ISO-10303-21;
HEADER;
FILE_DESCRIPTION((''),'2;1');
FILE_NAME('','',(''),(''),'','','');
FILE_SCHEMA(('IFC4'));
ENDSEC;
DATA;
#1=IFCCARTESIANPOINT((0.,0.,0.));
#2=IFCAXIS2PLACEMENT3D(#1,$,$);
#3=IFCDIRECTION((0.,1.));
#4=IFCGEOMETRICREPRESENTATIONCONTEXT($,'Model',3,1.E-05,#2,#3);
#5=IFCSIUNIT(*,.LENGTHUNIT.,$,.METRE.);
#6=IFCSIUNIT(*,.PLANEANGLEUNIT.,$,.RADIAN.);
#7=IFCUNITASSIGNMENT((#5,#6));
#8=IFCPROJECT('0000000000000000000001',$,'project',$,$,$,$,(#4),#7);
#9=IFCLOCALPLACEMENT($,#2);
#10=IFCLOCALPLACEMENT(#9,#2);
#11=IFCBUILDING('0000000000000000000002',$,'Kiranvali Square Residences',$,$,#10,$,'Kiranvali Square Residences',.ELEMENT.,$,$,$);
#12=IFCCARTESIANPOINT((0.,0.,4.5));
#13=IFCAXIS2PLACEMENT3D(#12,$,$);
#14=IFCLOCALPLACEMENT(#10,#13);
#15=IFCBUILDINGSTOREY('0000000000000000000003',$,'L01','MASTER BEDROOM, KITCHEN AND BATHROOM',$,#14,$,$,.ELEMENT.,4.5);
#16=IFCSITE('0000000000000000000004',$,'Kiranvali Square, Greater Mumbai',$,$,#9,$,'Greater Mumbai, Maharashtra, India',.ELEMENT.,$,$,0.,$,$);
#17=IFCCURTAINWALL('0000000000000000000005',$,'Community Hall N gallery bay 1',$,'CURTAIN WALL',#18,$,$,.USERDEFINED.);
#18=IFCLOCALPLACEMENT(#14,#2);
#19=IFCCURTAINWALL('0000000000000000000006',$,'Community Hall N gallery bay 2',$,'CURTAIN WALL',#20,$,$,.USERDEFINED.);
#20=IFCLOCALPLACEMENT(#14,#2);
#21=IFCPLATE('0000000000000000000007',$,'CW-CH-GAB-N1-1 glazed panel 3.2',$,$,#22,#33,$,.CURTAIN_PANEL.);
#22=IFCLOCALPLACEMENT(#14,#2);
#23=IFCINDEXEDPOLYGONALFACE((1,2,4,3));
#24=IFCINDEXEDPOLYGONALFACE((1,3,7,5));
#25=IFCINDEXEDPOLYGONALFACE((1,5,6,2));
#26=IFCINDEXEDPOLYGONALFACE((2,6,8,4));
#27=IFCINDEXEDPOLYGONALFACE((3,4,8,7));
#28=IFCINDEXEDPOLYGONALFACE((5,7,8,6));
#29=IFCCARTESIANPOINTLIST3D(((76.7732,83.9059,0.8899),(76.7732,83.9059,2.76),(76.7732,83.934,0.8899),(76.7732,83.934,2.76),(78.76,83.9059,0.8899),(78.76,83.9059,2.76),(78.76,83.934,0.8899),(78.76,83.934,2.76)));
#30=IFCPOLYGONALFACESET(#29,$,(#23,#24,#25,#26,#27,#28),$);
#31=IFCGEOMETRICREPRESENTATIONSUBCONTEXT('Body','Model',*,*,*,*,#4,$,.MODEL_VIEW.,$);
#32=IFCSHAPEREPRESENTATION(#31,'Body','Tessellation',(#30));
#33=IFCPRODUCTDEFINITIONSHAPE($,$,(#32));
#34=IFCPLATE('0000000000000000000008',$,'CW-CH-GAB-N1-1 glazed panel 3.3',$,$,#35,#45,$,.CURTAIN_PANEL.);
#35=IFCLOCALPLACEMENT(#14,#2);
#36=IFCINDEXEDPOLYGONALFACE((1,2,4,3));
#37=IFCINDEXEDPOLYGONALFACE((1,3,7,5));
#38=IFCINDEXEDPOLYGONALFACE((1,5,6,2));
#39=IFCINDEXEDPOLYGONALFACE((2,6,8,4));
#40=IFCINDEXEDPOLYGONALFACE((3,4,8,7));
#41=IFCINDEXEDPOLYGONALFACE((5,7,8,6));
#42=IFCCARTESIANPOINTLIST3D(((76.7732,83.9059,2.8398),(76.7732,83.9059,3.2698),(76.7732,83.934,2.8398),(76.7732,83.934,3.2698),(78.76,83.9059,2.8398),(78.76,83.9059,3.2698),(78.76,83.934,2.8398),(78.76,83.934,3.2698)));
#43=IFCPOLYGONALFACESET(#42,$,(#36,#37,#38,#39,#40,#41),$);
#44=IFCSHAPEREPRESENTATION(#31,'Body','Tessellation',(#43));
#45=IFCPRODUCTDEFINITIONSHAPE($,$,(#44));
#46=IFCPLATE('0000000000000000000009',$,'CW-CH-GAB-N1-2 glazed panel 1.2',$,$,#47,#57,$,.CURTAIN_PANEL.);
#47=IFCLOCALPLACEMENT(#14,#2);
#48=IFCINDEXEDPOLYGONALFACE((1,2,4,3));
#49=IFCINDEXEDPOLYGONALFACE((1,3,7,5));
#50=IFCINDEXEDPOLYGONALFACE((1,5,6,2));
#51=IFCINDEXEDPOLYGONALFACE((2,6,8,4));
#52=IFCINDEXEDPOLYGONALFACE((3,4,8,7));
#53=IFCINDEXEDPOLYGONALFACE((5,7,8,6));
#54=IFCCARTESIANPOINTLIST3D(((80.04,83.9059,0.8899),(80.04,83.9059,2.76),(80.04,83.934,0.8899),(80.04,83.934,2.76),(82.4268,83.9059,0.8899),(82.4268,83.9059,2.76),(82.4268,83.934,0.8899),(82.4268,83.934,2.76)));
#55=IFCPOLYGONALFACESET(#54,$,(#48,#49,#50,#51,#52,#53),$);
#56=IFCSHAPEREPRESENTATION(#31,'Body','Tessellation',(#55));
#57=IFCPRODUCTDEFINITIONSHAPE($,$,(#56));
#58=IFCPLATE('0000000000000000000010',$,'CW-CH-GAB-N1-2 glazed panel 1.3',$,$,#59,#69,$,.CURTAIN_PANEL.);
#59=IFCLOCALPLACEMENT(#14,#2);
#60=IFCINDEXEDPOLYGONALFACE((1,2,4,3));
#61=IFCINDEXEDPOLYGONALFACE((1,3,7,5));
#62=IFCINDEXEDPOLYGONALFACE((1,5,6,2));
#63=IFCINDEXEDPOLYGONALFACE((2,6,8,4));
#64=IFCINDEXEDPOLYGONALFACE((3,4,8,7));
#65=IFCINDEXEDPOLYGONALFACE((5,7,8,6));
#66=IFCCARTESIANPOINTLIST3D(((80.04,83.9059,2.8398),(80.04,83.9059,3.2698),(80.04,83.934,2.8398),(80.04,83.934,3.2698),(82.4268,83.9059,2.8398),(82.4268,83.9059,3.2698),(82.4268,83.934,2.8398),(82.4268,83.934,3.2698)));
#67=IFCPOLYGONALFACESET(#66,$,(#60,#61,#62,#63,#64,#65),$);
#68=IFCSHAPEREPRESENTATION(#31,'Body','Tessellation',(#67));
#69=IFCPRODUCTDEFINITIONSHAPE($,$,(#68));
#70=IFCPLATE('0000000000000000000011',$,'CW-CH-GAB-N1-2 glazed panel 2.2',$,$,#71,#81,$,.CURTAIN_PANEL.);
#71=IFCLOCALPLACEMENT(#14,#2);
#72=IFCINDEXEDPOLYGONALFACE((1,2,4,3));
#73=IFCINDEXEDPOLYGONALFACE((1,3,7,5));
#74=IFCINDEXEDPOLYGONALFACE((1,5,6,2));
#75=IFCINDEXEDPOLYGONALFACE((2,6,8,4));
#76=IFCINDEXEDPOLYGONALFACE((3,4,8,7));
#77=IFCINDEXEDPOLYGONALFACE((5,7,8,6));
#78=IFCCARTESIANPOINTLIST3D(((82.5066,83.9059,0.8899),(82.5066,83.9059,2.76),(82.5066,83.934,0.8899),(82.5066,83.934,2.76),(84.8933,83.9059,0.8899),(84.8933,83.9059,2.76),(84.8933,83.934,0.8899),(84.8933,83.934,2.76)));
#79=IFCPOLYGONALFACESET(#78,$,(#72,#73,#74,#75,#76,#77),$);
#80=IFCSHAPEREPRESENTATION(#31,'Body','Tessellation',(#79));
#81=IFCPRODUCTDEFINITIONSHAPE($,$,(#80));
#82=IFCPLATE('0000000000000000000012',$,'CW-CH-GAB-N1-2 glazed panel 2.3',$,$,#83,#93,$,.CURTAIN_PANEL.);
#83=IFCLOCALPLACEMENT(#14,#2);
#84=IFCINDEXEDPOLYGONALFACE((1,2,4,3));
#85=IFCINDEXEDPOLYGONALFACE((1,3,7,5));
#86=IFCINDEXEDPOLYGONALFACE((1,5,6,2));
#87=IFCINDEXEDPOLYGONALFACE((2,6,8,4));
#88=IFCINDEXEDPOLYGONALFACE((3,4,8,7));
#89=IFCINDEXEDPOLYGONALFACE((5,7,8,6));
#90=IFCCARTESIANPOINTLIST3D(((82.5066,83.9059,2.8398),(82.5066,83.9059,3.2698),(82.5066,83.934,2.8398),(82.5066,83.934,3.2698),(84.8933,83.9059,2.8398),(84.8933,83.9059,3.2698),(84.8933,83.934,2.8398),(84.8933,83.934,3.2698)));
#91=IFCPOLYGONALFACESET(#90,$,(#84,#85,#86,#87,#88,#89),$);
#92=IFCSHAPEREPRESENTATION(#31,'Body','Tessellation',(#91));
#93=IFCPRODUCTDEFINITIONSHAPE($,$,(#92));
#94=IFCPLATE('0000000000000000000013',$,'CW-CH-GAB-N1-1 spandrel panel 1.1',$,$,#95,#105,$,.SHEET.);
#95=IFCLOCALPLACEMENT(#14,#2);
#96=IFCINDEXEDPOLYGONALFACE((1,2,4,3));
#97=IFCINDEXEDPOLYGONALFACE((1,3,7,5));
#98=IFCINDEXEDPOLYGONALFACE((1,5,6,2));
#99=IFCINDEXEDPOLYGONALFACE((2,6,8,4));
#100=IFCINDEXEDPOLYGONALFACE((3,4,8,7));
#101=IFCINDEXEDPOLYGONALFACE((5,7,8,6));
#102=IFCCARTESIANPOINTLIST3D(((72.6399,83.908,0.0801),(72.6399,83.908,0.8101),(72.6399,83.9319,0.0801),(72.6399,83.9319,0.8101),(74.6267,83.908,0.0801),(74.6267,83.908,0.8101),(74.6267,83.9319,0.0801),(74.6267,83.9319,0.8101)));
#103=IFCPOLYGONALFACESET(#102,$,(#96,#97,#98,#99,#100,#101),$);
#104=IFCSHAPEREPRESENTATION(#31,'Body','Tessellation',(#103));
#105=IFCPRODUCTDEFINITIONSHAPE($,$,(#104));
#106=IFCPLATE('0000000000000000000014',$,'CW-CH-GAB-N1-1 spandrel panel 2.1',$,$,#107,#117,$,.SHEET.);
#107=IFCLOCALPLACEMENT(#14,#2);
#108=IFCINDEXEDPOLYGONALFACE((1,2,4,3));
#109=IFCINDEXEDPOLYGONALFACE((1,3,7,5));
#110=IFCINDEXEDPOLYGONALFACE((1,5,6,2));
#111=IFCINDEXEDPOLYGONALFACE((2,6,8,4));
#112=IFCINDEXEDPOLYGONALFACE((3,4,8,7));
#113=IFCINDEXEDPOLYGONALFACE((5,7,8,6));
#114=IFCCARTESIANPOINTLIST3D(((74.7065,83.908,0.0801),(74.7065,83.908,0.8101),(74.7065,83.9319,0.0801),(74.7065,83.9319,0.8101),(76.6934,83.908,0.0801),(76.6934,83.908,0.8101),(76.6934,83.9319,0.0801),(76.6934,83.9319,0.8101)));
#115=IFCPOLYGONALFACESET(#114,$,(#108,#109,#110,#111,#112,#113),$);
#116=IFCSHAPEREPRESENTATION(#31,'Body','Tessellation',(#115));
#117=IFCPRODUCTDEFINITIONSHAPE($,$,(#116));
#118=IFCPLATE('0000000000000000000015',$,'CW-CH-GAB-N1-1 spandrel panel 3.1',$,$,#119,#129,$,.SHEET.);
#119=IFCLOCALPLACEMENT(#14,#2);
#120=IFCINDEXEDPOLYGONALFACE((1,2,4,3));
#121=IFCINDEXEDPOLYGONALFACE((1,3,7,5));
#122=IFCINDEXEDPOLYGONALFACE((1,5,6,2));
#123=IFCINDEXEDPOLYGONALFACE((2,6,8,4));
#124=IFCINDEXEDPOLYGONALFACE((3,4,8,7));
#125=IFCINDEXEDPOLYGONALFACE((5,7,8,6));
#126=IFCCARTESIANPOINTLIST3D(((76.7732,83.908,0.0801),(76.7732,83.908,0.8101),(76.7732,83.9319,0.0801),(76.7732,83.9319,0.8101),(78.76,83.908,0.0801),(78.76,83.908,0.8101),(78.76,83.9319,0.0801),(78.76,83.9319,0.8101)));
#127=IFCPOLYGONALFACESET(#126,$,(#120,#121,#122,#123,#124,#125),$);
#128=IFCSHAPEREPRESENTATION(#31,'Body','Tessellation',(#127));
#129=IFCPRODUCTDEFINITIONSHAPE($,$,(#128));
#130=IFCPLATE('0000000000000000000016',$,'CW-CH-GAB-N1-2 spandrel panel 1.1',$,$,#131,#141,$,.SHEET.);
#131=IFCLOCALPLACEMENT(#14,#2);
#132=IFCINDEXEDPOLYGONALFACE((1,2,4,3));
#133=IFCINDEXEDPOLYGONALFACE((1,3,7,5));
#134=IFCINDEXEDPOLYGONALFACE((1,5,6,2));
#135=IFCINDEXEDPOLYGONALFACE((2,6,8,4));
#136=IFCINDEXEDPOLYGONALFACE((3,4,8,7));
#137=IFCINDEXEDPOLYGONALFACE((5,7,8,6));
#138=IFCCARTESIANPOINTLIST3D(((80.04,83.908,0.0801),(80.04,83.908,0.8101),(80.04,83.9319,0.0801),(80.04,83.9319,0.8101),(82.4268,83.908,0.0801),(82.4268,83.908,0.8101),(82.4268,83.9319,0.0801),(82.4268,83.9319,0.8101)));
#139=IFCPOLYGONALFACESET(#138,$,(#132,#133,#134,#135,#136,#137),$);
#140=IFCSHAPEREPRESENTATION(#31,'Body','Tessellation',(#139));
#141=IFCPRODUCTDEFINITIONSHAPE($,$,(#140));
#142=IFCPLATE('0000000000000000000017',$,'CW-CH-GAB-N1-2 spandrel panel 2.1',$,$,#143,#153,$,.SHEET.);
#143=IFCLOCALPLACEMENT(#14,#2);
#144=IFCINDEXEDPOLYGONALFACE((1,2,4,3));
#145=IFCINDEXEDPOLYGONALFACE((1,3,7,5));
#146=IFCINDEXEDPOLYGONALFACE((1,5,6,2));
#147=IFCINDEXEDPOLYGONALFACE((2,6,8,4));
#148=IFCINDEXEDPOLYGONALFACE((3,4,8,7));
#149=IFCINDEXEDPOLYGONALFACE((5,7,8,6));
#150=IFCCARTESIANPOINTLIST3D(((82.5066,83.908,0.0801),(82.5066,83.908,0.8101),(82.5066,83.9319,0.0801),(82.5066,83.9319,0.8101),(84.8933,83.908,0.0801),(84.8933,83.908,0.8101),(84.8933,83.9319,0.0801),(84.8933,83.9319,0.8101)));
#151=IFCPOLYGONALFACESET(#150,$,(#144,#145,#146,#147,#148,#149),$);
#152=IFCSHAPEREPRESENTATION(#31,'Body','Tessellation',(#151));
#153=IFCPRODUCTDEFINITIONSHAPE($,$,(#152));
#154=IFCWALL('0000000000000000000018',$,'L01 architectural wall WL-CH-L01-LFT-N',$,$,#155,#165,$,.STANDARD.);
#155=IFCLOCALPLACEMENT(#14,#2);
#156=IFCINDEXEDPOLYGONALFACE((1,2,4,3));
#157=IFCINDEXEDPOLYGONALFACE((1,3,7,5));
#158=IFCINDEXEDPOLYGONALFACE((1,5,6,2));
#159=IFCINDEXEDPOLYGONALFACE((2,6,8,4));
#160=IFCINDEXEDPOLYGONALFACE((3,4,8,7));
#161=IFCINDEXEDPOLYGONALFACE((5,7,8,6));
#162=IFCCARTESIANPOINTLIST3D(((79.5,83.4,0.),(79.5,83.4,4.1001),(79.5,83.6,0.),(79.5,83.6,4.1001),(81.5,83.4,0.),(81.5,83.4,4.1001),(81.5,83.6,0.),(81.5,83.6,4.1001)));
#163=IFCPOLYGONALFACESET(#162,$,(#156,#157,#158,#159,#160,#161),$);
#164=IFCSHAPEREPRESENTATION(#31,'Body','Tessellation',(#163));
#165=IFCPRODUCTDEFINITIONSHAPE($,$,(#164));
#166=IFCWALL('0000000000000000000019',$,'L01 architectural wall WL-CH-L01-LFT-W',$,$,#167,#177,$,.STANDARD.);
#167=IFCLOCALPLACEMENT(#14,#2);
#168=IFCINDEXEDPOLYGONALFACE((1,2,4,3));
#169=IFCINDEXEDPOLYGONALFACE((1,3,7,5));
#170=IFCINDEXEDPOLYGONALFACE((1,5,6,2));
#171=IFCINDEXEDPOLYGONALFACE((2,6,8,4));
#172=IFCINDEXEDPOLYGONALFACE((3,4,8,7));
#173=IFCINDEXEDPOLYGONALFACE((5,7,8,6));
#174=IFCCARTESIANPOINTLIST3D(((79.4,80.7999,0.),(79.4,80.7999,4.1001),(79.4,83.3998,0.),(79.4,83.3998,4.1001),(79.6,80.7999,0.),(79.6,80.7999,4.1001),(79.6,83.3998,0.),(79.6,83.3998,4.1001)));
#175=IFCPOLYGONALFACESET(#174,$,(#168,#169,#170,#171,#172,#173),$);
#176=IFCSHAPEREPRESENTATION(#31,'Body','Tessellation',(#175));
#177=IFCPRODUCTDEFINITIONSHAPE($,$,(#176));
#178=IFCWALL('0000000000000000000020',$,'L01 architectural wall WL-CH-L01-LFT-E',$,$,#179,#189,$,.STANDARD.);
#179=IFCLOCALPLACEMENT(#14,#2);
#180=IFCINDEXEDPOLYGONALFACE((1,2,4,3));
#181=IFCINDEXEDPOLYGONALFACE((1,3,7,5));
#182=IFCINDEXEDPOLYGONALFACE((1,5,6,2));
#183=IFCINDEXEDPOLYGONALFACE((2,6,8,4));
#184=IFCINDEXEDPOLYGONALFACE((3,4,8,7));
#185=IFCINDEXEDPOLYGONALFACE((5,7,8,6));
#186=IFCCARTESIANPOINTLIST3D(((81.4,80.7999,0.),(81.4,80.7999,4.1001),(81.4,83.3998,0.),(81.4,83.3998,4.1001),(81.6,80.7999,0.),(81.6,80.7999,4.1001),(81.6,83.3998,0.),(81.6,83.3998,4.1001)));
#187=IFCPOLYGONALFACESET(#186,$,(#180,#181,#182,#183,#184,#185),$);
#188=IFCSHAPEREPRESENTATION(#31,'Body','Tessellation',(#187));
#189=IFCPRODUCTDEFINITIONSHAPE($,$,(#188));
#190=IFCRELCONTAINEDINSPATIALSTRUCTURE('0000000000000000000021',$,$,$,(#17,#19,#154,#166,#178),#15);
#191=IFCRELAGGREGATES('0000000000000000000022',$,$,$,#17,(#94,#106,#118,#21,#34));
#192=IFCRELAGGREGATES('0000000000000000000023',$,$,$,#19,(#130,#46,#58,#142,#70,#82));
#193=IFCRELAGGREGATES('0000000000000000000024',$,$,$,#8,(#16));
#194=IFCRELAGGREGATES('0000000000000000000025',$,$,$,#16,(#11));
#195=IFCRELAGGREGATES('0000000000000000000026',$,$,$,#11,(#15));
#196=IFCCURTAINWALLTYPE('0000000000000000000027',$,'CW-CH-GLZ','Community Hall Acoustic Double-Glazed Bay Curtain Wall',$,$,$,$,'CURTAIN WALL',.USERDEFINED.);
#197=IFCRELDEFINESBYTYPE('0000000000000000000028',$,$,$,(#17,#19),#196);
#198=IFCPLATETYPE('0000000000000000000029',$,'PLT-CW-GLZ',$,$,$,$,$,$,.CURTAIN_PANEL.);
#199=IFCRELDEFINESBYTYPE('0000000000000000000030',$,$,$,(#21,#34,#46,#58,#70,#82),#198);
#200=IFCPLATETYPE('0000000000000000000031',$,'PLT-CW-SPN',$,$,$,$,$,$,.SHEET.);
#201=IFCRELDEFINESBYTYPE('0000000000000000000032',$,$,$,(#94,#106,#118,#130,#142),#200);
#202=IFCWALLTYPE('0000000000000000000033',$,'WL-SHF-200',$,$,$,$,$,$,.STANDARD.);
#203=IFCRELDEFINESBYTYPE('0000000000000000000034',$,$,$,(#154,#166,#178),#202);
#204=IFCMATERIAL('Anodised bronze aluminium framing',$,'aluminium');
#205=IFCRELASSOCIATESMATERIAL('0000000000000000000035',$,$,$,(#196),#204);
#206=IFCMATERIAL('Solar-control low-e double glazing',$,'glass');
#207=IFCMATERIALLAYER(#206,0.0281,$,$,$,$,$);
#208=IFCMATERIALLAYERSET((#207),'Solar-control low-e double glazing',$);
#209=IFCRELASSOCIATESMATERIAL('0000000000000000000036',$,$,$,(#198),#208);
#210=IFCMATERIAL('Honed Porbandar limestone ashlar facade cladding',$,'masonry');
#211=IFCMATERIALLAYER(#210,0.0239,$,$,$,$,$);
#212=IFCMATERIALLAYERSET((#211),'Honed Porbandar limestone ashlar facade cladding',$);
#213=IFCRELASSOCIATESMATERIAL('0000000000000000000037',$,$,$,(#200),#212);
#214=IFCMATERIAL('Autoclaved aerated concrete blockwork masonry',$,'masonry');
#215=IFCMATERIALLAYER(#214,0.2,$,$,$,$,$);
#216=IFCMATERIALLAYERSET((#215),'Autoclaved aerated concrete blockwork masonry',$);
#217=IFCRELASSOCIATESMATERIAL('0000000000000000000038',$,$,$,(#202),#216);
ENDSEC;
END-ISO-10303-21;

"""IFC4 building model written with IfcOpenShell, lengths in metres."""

from ifc_helpers import new_model, si_unit, direction, frame, frame_2d, origin, origin_2d, place, context, subcontext, project, spatial, rectangle, extrude, material, layer, layer_set, type_object, element, aggregate, save


model = new_model("IFC4")

# Units and contexts
model_context = context("Model", 3, precision=1e-05, world=origin(), true_north=direction((0.0, 1.0)))
body_context = subcontext(model_context, "Body", "Model", "MODEL_VIEW")
ifc_project = project(units=[si_unit("LENGTHUNIT", "METRE"), si_unit("PLANEANGLEUNIT", "RADIAN")], contexts=[model_context])

# Site, building, storey
site_placement = place(None, origin())
site = spatial("IfcSite", under=ifc_project, at=site_placement, Name="Kiranvali Square, Greater Mumbai", LongName="Greater Mumbai, Maharashtra, India", CompositionType="ELEMENT", RefElevation=0.0)
building_placement = place(site_placement, origin())
building = spatial("IfcBuilding", under=site, at=building_placement, Name="Kiranvali Square Residences", LongName="Kiranvali Square Residences", CompositionType="ELEMENT")
storey_placement = place(building_placement, frame((0.0, 0.0, 4.5)))
storey = spatial("IfcBuildingStorey", under=building, at=storey_placement, Name="L01", Description="MASTER BEDROOM, KITCHEN AND BATHROOM", CompositionType="ELEMENT", Elevation=4.5)

# Curtain walls
ifc_material_1 = material(Name="Anodised bronze aluminium framing", Category="aluminium")
curtain_wall_type = type_object("IfcCurtainWallType", Name="CW-CH-GLZ", Description="Community Hall Acoustic Double-Glazed Bay Curtain Wall", ElementType="CURTAIN WALL", PredefinedType="USERDEFINED", material=ifc_material_1)
curtain_wall_1_placement = place(storey_placement, origin())
curtain_wall_1 = element("IfcCurtainWall", 1, at=curtain_wall_1_placement, inside=storey, type_object=curtain_wall_type, Name="Community Hall N gallery bay 1", ObjectType="CURTAIN WALL", PredefinedType="USERDEFINED")
curtain_wall_2_placement = place(storey_placement, origin())
curtain_wall_2 = element("IfcCurtainWall", 2, at=curtain_wall_2_placement, inside=storey, type_object=curtain_wall_type, Name="Community Hall N gallery bay 2", ObjectType="CURTAIN WALL", PredefinedType="USERDEFINED")

# Plates
ifc_material_2 = material(Name="Solar-control low-e double glazing", Category="glass")
ifc_layer_1 = layer(ifc_material_2, 0.0281)
ifc_layer_set_1 = layer_set([ifc_layer_1], Name="Solar-control low-e double glazing")
plate_type_1 = type_object("IfcPlateType", Name="PLT-CW-GLZ", PredefinedType="CURTAIN_PANEL", material=ifc_layer_set_1)
plate_1_placement = place(storey_placement, frame((77.7666, 83.9199, 0.8899), z_axis=(0.0, 0.0, 1.0), x_axis=(1.0, 0.0, 0.0)))
plate_1 = element("IfcPlate", 3, at=plate_1_placement, type_object=plate_type_1, Name="CW-CH-GAB-N1-1 glazed panel 3.2", PredefinedType="CURTAIN_PANEL", context=body_context, shape_type="SweptSolid", body=[
    extrude(rectangle(XDim=1.9868, YDim=0.0281, at=origin_2d()), origin(), (0.0, 0.0, 1.0), 1.8701),
])
plate_2_placement = place(storey_placement, frame((77.7666, 83.9199, 2.8398), z_axis=(0.0, 0.0, 1.0), x_axis=(1.0, 0.0, 0.0)))
plate_2 = element("IfcPlate", 4, at=plate_2_placement, type_object=plate_type_1, Name="CW-CH-GAB-N1-1 glazed panel 3.3", PredefinedType="CURTAIN_PANEL", context=body_context, shape_type="SweptSolid", body=[
    extrude(rectangle(XDim=1.9868, YDim=0.0281, at=origin_2d()), origin(), (0.0, 0.0, 1.0), 0.4299),
])
plate_3_placement = place(storey_placement, frame((81.2334, 83.9199, 0.8899), z_axis=(0.0, 0.0, 1.0), x_axis=(1.0, 0.0, 0.0)))
plate_3 = element("IfcPlate", 5, at=plate_3_placement, type_object=plate_type_1, Name="CW-CH-GAB-N1-2 glazed panel 1.2", PredefinedType="CURTAIN_PANEL", context=body_context, shape_type="SweptSolid", body=[
    extrude(rectangle(XDim=2.3867, YDim=0.0281, at=origin_2d()), origin(), (0.0, 0.0, 1.0), 1.8701),
])
plate_4_placement = place(storey_placement, frame((81.2334, 83.9199, 2.8398), z_axis=(0.0, 0.0, 1.0), x_axis=(1.0, 0.0, 0.0)))
plate_4 = element("IfcPlate", 6, at=plate_4_placement, type_object=plate_type_1, Name="CW-CH-GAB-N1-2 glazed panel 1.3", PredefinedType="CURTAIN_PANEL", context=body_context, shape_type="SweptSolid", body=[
    extrude(rectangle(XDim=2.3867, YDim=0.0281, at=origin_2d()), origin(), (0.0, 0.0, 1.0), 0.4299),
])
plate_5_placement = place(storey_placement, frame((83.7, 83.9199, 0.8899), z_axis=(0.0, 0.0, 1.0), x_axis=(1.0, 0.0, 0.0)))
plate_5 = element("IfcPlate", 7, at=plate_5_placement, type_object=plate_type_1, Name="CW-CH-GAB-N1-2 glazed panel 2.2", PredefinedType="CURTAIN_PANEL", context=body_context, shape_type="SweptSolid", body=[
    extrude(rectangle(XDim=2.3867, YDim=0.0281, at=origin_2d()), origin(), (0.0, 0.0, 1.0), 1.8701),
])
plate_6_placement = place(storey_placement, frame((83.7, 83.9199, 2.8398), z_axis=(0.0, 0.0, 1.0), x_axis=(1.0, 0.0, 0.0)))
plate_6 = element("IfcPlate", 8, at=plate_6_placement, type_object=plate_type_1, Name="CW-CH-GAB-N1-2 glazed panel 2.3", PredefinedType="CURTAIN_PANEL", context=body_context, shape_type="SweptSolid", body=[
    extrude(rectangle(XDim=2.3867, YDim=0.0281, at=origin_2d()), origin(), (0.0, 0.0, 1.0), 0.4299),
])
ifc_material_3 = material(Name="Honed Porbandar limestone ashlar facade cladding", Category="masonry")
ifc_layer_2 = layer(ifc_material_3, 0.0239)
ifc_layer_set_2 = layer_set([ifc_layer_2], Name="Honed Porbandar limestone ashlar facade cladding")
plate_type_2 = type_object("IfcPlateType", Name="PLT-CW-SPN", PredefinedType="SHEET", material=ifc_layer_set_2)
plate_7_placement = place(storey_placement, frame((73.6333, 83.9199, 0.0801), z_axis=(0.0, 0.0, 1.0), x_axis=(1.0, 0.0, 0.0)))
plate_7 = element("IfcPlate", 9, at=plate_7_placement, type_object=plate_type_2, Name="CW-CH-GAB-N1-1 spandrel panel 1.1", PredefinedType="SHEET", context=body_context, shape_type="SweptSolid", body=[
    extrude(rectangle(XDim=1.9868, YDim=0.0239, at=origin_2d()), origin(), (0.0, 0.0, 1.0), 0.73),
])
plate_8_placement = place(storey_placement, frame((75.7, 83.9199, 0.0801), z_axis=(0.0, 0.0, 1.0), x_axis=(1.0, 0.0, 0.0)))
plate_8 = element("IfcPlate", 10, at=plate_8_placement, type_object=plate_type_2, Name="CW-CH-GAB-N1-1 spandrel panel 2.1", PredefinedType="SHEET", context=body_context, shape_type="SweptSolid", body=[
    extrude(rectangle(XDim=1.9868, YDim=0.0239, at=origin_2d()), origin(), (0.0, 0.0, 1.0), 0.73),
])
plate_9_placement = place(storey_placement, frame((77.7666, 83.9199, 0.0801), z_axis=(0.0, 0.0, 1.0), x_axis=(1.0, 0.0, 0.0)))
plate_9 = element("IfcPlate", 11, at=plate_9_placement, type_object=plate_type_2, Name="CW-CH-GAB-N1-1 spandrel panel 3.1", PredefinedType="SHEET", context=body_context, shape_type="SweptSolid", body=[
    extrude(rectangle(XDim=1.9868, YDim=0.0239, at=origin_2d()), origin(), (0.0, 0.0, 1.0), 0.73),
])
aggregate(curtain_wall_1, [plate_7, plate_8, plate_9, plate_1, plate_2])
plate_10_placement = place(storey_placement, frame((81.2334, 83.9199, 0.0801), z_axis=(0.0, 0.0, 1.0), x_axis=(1.0, 0.0, 0.0)))
plate_10 = element("IfcPlate", 12, at=plate_10_placement, type_object=plate_type_2, Name="CW-CH-GAB-N1-2 spandrel panel 1.1", PredefinedType="SHEET", context=body_context, shape_type="SweptSolid", body=[
    extrude(rectangle(XDim=2.3867, YDim=0.0239, at=origin_2d()), origin(), (0.0, 0.0, 1.0), 0.73),
])
plate_11_placement = place(storey_placement, frame((83.7, 83.9199, 0.0801), z_axis=(0.0, 0.0, 1.0), x_axis=(1.0, 0.0, 0.0)))
plate_11 = element("IfcPlate", 13, at=plate_11_placement, type_object=plate_type_2, Name="CW-CH-GAB-N1-2 spandrel panel 2.1", PredefinedType="SHEET", context=body_context, shape_type="SweptSolid", body=[
    extrude(rectangle(XDim=2.3867, YDim=0.0239, at=origin_2d()), origin(), (0.0, 0.0, 1.0), 0.73),
])
aggregate(curtain_wall_2, [plate_10, plate_3, plate_4, plate_11, plate_5, plate_6])

# Shared definitions
ifc_material_4 = material(Name="Autoclaved aerated concrete blockwork masonry", Category="masonry")
ifc_layer_3 = layer(ifc_material_4, 0.2)
ifc_layer_set_3 = layer_set([ifc_layer_3], Name="Autoclaved aerated concrete blockwork masonry")
wall_type_1 = type_object("IfcWallType", Name="WL-SHF-200", PredefinedType="STANDARD", material=ifc_layer_set_3)

# Walls
wall_1_placement = place(storey_placement, frame((79.5, 83.5, 0.0), z_axis=(0.0, 0.0, 1.0), x_axis=(1.0, 0.0, 0.0)))
element("IfcWall", 14, at=wall_1_placement, inside=storey, type_object=wall_type_1, Name="L01 architectural wall WL-CH-L01-LFT-N", PredefinedType="STANDARD", context=body_context, shape_type="SweptSolid", body=[
    extrude(rectangle(XDim=2.0, YDim=0.2, at=frame_2d((1.0, 0.0))), origin(), (0.0, 0.0, 1.0), 4.1001),
])
for number, where, z_axis, x_axis, name in (
    (15, (79.5, 80.8, 0.0), (0.0, 0.0, 1.0), (0.0, 1.0, 0.0), "L01 architectural wall WL-CH-L01-LFT-W"),
    (16, (81.5, 80.8, 0.0), (0.0, 0.0, 1.0), (0.0, 1.0, 0.0), "L01 architectural wall WL-CH-L01-LFT-E"),
):
    element("IfcWall", number, at=place(storey_placement, frame(where, z_axis=z_axis, x_axis=x_axis)), inside=storey, type_object=wall_type_1, Name=name, PredefinedType="STANDARD", context=body_context, shape_type="SweptSolid", body=[
        extrude(rectangle(XDim=2.5999, YDim=0.2, at=frame_2d((1.2998, 0.0))), origin(), (0.0, 0.0, 1.0), 4.1001),
    ])

save(model, "model.ifc")
